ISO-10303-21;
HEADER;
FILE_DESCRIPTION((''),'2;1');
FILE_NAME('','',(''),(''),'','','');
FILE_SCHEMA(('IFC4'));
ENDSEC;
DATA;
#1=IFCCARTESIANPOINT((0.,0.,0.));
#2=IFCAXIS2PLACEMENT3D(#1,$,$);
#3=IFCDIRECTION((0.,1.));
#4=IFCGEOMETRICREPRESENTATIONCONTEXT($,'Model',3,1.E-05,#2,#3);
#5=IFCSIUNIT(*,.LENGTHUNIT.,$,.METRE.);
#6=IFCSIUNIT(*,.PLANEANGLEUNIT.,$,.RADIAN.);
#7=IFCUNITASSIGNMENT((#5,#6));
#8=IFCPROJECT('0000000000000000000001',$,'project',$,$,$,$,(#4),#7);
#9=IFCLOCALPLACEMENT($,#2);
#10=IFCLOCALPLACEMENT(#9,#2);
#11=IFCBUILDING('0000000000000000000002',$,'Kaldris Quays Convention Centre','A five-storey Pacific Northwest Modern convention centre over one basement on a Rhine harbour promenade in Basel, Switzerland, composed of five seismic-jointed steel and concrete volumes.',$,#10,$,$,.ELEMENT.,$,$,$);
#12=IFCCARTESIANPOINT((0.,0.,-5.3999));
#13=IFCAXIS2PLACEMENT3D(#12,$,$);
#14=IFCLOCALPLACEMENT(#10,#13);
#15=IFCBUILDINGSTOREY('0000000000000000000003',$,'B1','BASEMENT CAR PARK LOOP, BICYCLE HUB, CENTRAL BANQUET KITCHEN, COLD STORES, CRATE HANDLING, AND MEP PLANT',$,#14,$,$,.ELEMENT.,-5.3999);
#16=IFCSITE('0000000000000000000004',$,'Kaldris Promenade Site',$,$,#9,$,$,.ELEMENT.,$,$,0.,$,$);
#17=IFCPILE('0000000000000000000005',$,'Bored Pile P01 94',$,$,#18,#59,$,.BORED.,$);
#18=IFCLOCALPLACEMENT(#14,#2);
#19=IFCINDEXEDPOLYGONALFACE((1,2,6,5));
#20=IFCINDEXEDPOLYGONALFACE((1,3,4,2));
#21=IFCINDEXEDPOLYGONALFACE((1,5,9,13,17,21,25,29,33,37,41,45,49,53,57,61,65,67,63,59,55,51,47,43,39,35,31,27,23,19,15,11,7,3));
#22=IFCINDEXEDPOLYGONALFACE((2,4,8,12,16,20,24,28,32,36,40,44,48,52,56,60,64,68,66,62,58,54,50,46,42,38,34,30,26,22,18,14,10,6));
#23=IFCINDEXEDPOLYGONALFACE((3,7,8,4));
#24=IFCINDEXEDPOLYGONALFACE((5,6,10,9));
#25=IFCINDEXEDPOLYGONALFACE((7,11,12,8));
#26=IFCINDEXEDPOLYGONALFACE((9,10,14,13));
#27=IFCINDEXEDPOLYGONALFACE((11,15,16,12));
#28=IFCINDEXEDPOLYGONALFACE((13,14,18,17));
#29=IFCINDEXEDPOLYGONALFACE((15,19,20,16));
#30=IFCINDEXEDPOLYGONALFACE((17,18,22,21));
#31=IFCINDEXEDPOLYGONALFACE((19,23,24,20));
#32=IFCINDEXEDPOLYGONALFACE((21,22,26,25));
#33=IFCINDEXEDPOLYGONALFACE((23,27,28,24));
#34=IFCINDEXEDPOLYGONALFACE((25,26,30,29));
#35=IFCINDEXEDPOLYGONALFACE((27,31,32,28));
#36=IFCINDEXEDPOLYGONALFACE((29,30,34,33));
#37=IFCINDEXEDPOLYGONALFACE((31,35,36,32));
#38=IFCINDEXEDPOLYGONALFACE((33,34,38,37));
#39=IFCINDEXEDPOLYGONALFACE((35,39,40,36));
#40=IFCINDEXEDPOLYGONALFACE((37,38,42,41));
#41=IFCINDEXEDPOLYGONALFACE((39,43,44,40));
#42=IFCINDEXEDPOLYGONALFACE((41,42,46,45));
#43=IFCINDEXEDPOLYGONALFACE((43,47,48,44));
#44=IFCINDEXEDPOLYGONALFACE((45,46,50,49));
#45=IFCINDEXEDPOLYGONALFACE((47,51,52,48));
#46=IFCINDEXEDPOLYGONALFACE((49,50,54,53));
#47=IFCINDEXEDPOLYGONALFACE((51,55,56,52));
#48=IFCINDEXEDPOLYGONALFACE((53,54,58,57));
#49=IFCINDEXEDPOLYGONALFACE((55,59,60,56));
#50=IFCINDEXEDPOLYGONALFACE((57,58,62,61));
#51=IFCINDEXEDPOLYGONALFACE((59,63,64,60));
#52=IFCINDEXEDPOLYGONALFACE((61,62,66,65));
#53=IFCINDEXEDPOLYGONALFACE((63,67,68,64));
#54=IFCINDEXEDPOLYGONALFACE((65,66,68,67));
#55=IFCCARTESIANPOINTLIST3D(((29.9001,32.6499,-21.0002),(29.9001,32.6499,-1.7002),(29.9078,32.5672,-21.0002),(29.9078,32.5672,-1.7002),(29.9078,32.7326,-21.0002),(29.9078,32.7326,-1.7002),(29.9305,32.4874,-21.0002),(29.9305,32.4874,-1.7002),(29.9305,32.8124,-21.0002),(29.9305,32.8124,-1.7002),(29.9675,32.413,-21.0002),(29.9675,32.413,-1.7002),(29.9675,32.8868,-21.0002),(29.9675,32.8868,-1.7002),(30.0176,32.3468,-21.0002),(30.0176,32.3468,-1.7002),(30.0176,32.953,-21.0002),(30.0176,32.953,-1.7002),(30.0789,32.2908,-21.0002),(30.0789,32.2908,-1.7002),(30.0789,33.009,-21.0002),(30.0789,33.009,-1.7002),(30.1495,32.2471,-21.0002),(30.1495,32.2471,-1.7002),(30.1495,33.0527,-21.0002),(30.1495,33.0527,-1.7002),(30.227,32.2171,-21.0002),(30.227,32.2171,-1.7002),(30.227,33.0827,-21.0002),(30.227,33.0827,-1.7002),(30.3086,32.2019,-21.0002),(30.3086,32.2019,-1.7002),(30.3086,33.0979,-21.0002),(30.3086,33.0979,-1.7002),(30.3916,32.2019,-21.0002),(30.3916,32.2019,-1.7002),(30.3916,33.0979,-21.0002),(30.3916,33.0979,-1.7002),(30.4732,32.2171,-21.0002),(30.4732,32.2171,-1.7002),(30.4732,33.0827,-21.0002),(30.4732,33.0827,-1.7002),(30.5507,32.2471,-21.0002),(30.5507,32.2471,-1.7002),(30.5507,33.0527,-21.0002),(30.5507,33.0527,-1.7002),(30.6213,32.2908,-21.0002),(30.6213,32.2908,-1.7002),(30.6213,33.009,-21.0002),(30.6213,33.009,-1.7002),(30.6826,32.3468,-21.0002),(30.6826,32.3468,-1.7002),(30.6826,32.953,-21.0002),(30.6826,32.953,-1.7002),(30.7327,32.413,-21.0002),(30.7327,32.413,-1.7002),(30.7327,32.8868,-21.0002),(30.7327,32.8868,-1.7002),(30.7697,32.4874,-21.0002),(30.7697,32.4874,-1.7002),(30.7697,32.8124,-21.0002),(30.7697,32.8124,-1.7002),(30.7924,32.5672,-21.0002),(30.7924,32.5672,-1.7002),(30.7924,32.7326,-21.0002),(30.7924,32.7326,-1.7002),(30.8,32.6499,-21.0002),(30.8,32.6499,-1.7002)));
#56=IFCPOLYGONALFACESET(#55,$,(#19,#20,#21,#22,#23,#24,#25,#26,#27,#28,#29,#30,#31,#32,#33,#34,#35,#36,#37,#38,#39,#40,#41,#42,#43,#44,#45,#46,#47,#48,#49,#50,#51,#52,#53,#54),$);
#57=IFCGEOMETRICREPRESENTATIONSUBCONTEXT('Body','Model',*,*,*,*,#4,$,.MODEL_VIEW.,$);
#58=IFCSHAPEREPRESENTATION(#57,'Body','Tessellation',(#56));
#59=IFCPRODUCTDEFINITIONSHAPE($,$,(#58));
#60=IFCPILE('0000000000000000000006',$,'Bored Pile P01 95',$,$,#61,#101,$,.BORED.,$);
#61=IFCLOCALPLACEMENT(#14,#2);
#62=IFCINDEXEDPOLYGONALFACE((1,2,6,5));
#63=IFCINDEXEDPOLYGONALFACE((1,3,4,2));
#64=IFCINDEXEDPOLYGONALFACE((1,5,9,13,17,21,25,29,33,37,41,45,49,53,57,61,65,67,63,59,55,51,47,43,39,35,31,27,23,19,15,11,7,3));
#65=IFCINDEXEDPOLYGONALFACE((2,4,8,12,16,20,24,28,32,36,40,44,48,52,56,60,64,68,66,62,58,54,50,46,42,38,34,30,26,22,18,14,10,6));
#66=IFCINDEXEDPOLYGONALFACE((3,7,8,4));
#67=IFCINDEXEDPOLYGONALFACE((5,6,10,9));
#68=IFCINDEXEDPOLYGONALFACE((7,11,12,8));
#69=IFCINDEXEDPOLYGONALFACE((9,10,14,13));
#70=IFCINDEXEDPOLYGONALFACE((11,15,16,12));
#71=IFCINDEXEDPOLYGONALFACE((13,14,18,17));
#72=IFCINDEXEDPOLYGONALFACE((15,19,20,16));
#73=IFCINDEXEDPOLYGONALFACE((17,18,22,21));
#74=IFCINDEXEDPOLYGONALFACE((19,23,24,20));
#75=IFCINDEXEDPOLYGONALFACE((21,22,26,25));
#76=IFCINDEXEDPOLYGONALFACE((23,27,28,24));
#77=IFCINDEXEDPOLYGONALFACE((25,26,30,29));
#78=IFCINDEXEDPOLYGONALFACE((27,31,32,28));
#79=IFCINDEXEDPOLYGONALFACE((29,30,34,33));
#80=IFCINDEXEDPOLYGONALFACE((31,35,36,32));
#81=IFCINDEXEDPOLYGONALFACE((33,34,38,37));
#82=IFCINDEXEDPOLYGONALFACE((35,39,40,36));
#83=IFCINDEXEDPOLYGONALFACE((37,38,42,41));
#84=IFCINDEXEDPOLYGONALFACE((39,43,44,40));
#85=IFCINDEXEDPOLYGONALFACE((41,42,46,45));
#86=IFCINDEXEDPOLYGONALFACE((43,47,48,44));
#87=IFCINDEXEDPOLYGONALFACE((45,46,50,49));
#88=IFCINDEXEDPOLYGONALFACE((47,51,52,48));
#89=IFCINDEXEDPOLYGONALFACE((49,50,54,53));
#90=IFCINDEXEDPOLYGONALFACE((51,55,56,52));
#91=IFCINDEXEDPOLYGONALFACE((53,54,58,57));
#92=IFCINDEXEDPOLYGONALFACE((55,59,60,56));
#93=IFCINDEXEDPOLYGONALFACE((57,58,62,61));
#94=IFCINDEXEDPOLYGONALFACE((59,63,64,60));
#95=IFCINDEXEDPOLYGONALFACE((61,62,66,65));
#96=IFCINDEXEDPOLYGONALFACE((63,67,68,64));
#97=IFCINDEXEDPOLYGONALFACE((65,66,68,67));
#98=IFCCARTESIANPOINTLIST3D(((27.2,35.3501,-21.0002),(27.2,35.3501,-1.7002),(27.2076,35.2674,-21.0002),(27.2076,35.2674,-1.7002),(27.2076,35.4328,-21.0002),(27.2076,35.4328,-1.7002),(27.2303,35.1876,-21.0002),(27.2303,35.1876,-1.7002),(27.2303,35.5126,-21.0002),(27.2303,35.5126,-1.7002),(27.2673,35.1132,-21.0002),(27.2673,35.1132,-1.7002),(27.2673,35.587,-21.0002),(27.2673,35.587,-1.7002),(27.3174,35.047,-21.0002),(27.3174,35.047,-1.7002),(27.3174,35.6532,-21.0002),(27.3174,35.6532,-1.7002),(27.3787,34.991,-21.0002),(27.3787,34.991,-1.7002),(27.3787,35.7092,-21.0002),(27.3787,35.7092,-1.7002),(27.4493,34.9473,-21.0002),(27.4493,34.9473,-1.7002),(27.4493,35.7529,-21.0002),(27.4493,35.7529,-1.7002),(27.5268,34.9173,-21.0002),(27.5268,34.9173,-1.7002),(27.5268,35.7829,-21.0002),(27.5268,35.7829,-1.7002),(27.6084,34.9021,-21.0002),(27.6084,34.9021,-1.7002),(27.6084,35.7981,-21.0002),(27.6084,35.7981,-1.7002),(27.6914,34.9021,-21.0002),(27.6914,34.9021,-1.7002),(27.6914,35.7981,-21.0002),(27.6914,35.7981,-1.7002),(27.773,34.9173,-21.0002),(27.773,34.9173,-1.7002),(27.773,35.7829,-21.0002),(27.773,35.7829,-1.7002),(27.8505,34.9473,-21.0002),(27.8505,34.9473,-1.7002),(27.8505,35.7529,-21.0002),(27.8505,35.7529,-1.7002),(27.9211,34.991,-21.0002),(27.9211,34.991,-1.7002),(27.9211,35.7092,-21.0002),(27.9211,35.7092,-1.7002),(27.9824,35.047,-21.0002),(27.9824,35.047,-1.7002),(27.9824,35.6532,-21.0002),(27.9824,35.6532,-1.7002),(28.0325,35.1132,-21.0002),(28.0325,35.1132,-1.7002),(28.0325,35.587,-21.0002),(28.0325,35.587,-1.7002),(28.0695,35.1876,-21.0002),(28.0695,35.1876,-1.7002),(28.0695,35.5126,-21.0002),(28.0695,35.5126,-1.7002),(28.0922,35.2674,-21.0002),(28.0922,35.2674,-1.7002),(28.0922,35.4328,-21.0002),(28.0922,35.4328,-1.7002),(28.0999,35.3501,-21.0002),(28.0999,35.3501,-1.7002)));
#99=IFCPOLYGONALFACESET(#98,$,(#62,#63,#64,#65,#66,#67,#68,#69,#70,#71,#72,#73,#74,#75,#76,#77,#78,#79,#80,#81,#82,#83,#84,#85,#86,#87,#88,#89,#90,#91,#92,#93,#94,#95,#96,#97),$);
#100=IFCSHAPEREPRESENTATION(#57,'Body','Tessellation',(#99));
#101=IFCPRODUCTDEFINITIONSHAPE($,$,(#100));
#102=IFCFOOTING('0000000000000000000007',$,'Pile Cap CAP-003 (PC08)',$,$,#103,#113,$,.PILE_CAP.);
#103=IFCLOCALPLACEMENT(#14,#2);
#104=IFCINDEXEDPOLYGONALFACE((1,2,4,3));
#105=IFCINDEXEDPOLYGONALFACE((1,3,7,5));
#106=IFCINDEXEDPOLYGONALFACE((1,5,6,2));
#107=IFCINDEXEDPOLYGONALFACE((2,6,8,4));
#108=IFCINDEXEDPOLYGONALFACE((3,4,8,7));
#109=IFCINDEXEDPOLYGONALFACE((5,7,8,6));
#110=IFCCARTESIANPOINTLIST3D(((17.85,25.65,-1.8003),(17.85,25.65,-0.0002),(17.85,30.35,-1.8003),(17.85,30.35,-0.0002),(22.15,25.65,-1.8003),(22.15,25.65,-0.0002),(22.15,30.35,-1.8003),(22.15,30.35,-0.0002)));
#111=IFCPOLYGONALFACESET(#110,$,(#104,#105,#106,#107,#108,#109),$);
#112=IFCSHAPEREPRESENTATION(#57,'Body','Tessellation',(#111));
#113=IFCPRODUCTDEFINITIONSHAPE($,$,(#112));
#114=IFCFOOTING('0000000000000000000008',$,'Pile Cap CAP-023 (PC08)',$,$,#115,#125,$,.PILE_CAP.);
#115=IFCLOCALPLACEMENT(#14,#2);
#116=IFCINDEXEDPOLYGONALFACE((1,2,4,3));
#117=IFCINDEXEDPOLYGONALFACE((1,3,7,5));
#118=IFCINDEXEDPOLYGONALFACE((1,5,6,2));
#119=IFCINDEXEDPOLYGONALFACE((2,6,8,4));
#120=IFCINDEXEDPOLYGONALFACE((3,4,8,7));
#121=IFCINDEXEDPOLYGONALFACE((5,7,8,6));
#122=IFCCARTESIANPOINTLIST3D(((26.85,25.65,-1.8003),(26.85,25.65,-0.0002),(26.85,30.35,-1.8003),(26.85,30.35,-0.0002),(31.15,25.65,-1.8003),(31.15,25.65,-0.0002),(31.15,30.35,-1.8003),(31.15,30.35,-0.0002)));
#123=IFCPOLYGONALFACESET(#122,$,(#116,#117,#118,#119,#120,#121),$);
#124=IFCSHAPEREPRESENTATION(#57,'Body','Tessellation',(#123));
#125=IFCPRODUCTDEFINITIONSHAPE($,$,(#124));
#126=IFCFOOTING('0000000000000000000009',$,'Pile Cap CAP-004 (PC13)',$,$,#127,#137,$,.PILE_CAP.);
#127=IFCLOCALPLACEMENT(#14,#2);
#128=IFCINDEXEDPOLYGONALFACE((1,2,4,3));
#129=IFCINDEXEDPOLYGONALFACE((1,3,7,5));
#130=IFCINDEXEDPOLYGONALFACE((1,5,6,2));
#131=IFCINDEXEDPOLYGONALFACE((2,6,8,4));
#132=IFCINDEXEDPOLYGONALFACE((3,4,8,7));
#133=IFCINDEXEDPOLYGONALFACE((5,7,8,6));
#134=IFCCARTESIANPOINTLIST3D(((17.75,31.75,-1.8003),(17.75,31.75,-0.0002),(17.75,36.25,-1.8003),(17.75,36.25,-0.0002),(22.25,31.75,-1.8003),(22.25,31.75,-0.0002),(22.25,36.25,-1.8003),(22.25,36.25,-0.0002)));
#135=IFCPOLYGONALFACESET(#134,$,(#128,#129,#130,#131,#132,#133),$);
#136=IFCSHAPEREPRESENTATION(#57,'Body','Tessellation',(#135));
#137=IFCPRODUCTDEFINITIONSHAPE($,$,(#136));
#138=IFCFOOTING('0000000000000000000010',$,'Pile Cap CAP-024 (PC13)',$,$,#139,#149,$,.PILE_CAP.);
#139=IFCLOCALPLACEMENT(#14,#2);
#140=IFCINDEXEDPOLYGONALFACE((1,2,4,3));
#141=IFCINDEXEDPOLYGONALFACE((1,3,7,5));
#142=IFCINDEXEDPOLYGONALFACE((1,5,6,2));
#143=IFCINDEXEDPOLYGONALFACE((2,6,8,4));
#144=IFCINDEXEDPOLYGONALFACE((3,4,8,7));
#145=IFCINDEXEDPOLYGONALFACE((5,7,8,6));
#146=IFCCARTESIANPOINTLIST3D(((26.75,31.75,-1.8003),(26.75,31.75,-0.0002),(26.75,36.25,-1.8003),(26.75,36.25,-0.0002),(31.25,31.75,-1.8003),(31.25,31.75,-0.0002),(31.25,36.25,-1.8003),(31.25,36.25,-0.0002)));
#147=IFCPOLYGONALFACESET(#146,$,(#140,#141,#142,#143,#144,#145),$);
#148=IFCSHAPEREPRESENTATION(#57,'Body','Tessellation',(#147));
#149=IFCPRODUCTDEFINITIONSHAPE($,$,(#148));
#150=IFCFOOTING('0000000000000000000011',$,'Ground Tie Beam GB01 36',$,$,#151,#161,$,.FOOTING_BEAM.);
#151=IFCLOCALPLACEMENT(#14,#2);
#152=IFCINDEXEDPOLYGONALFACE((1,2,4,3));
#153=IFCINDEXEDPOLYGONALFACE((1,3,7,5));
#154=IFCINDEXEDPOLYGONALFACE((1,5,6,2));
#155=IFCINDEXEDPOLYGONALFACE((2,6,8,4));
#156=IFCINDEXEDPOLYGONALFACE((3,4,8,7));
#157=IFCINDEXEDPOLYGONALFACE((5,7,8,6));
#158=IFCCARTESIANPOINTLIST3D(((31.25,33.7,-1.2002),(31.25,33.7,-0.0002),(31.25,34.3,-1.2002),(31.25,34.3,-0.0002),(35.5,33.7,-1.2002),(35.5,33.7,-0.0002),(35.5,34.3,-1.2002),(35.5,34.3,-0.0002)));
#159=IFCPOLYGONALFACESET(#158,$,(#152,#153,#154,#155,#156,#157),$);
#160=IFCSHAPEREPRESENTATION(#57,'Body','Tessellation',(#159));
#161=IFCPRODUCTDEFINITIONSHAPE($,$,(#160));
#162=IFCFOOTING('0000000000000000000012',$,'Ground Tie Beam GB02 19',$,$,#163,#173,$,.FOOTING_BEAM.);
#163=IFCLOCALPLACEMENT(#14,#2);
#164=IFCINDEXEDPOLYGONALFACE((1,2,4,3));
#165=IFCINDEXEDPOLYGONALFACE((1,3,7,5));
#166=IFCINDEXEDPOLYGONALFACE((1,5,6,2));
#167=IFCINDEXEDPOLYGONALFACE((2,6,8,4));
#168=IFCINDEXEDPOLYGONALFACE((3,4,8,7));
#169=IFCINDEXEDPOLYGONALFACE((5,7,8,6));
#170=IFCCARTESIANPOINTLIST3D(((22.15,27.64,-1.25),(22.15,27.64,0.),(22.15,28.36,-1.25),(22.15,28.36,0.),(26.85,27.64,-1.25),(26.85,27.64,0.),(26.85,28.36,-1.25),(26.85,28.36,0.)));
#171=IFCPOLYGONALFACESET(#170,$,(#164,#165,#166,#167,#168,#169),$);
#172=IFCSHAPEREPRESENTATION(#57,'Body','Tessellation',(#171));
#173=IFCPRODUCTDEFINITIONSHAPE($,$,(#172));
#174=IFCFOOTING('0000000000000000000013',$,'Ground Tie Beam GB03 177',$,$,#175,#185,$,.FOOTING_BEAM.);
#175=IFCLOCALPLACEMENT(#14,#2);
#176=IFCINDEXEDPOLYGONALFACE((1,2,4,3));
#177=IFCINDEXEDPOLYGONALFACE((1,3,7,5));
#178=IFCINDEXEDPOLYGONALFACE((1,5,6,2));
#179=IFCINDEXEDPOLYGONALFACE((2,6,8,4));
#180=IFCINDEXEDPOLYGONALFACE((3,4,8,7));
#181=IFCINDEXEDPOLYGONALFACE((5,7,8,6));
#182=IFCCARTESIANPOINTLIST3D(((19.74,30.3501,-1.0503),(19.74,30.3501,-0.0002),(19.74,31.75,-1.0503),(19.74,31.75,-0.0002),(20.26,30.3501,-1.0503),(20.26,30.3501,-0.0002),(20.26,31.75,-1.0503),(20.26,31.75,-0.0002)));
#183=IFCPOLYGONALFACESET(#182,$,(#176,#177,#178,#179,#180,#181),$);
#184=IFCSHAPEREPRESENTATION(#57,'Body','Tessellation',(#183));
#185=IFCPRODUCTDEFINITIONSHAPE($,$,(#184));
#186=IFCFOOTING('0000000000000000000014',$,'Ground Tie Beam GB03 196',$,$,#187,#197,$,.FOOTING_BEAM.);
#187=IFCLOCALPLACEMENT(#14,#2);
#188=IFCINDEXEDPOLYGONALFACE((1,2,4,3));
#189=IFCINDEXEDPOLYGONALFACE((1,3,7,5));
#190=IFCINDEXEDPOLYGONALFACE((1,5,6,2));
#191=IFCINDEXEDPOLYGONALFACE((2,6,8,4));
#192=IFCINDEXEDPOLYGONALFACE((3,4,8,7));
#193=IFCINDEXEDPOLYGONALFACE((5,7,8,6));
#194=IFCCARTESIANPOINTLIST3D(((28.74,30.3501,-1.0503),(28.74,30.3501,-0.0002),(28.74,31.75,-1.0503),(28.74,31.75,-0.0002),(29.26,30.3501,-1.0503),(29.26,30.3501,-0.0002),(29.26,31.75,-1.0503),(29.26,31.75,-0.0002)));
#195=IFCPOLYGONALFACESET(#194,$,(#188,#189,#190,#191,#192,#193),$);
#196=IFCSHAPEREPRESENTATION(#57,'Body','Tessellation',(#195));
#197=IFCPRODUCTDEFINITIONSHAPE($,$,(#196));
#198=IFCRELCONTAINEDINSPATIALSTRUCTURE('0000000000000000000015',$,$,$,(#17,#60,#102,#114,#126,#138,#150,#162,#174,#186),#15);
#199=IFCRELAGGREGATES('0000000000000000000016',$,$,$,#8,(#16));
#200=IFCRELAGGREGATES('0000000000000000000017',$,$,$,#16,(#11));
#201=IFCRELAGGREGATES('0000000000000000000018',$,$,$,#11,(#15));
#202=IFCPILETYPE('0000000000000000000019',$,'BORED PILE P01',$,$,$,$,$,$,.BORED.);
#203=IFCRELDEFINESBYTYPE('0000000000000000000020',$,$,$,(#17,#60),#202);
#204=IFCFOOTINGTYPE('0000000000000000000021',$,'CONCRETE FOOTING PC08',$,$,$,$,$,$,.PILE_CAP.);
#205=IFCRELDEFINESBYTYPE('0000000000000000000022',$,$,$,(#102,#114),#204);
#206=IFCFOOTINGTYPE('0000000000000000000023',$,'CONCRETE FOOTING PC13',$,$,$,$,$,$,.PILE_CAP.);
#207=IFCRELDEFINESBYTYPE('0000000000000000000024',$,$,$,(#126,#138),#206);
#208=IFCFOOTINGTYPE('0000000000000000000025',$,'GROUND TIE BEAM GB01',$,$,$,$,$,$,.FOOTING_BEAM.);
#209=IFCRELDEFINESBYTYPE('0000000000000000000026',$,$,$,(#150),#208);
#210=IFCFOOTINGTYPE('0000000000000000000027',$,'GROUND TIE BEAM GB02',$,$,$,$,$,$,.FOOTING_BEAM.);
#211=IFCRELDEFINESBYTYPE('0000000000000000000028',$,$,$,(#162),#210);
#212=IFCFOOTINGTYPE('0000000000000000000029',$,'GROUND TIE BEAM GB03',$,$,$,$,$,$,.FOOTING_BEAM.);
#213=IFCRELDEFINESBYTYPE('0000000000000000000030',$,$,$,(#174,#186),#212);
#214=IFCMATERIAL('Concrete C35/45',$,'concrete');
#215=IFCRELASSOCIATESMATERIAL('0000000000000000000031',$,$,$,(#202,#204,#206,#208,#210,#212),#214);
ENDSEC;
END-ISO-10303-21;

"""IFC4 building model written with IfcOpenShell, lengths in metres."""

from ifc_helpers import new_model, si_unit, direction, frame, origin, origin_2d, place, context, subcontext, project, spatial, rectangle, circle, extrude, material, material_profile, profile_set, type_object, element, save


model = new_model("IFC4")

# Units and contexts
model_context = context("Model", 3, precision=1e-05, world=origin(), true_north=direction((0.0, 1.0)))
body_context = subcontext(model_context, "Body", "Model", "MODEL_VIEW")
ifc_project = project(units=[si_unit("LENGTHUNIT", "METRE"), si_unit("PLANEANGLEUNIT", "RADIAN")], contexts=[model_context])

# Site, building, storey
site_placement = place(None, origin())
site = spatial("IfcSite", under=ifc_project, at=site_placement, Name="Kaldris Promenade Site", CompositionType="ELEMENT", RefElevation=0.0)
building_placement = place(site_placement, origin())
building = spatial("IfcBuilding", under=site, at=building_placement, Name="Kaldris Quays Convention Centre", Description="A five-storey Pacific Northwest Modern convention centre over one basement on a Rhine harbour promenade in Basel, Switzerland, composed of five seismic-jointed steel and concrete volumes.", CompositionType="ELEMENT")
storey_placement = place(building_placement, frame((0.0, 0.0, -5.3999)))
storey = spatial("IfcBuildingStorey", under=building, at=storey_placement, Name="B1", Description="BASEMENT CAR PARK LOOP, BICYCLE HUB, CENTRAL BANQUET KITCHEN, COLD STORES, CRATE HANDLING, AND MEP PLANT", CompositionType="ELEMENT", Elevation=-5.3999)

# Piles
ifc_material_1 = material(Name="Concrete C35/45", Category="concrete")
ifc_material_profile_1 = material_profile(ifc_material_1, circle(Radius=0.45, at=origin_2d()), Name="BORED PILE D900")
ifc_profile_set_1 = profile_set([ifc_material_profile_1], Name="Concrete C35/45")
pile_type = type_object("IfcPileType", Name="BORED PILE P01", PredefinedType="BORED", material=ifc_profile_set_1)
for number, where, z_axis, x_axis, name in (
    (1, (30.3501, 32.6499, -1.7002), (0.0, 0.0, -1.0), (1.0, 0.0, 0.0), "Bored Pile P01 94"),
    (2, (27.6499, 35.3501, -1.7002), (0.0, 0.0, -1.0), (1.0, 0.0, 0.0), "Bored Pile P01 95"),
):
    element("IfcPile", number, at=place(storey_placement, frame(where, z_axis=z_axis, x_axis=x_axis)), inside=storey, type_object=pile_type, Name=name, PredefinedType="BORED", context=body_context, shape_type="SweptSolid", body=[
        extrude(circle(Radius=0.45, at=origin_2d()), origin(), (0.0, 0.0, 1.0), 19.3),
    ])

# Footings
footing_type_1 = type_object("IfcFootingType", Name="CONCRETE FOOTING PC08", PredefinedType="PILE_CAP", material=ifc_material_1)
for number, where, z_axis, x_axis, name in (
    (3, (20.0, 28.0, -1.8003), (0.0, 0.0, 1.0), (1.0, 0.0, 0.0), "Pile Cap CAP-003 (PC08)"),
    (4, (29.0, 28.0, -1.8003), (0.0, 0.0, 1.0), (1.0, 0.0, 0.0), "Pile Cap CAP-023 (PC08)"),
):
    element("IfcFooting", number, at=place(storey_placement, frame(where, z_axis=z_axis, x_axis=x_axis)), inside=storey, type_object=footing_type_1, Name=name, PredefinedType="PILE_CAP", context=body_context, shape_type="SweptSolid", body=[
        extrude(rectangle(XDim=4.3, YDim=4.7, at=origin_2d()), origin(), (0.0, 0.0, 1.0), 1.8),
    ])
footing_type_2 = type_object("IfcFootingType", Name="CONCRETE FOOTING PC13", PredefinedType="PILE_CAP", material=ifc_material_1)
for number, where, z_axis, x_axis, name in (
    (5, (20.0, 34.0, -1.8003), (0.0, 0.0, 1.0), (1.0, 0.0, 0.0), "Pile Cap CAP-004 (PC13)"),
    (6, (29.0, 34.0, -1.8003), (0.0, 0.0, 1.0), (1.0, 0.0, 0.0), "Pile Cap CAP-024 (PC13)"),
):
    element("IfcFooting", number, at=place(storey_placement, frame(where, z_axis=z_axis, x_axis=x_axis)), inside=storey, type_object=footing_type_2, Name=name, PredefinedType="PILE_CAP", context=body_context, shape_type="SweptSolid", body=[
        extrude(rectangle(XDim=4.5, YDim=4.5, at=origin_2d()), origin(), (0.0, 0.0, 1.0), 1.8),
    ])
footing_type_3 = type_object("IfcFootingType", Name="GROUND TIE BEAM GB01", PredefinedType="FOOTING_BEAM", material=ifc_material_1)
footing_1_placement = place(storey_placement, frame((33.375, 34.0, -1.2002), z_axis=(0.0, 0.0, 1.0), x_axis=(1.0, 0.0, 0.0)))
element("IfcFooting", 7, at=footing_1_placement, inside=storey, type_object=footing_type_3, Name="Ground Tie Beam GB01 36", PredefinedType="FOOTING_BEAM", context=body_context, shape_type="SweptSolid", body=[
    extrude(rectangle(XDim=4.25, YDim=0.6001, at=origin_2d()), origin(), (0.0, 0.0, 1.0), 1.2),
])
footing_type_4 = type_object("IfcFootingType", Name="GROUND TIE BEAM GB02", PredefinedType="FOOTING_BEAM", material=ifc_material_1)
footing_2_placement = place(storey_placement, frame((24.5, 28.0, -1.25), z_axis=(0.0, 0.0, 1.0), x_axis=(1.0, 0.0, 0.0)))
element("IfcFooting", 8, at=footing_2_placement, inside=storey, type_object=footing_type_4, Name="Ground Tie Beam GB02 19", PredefinedType="FOOTING_BEAM", context=body_context, shape_type="SweptSolid", body=[
    extrude(rectangle(XDim=4.7, YDim=0.72, at=origin_2d()), origin(), (0.0, 0.0, 1.0), 1.25),
])
footing_type_5 = type_object("IfcFootingType", Name="GROUND TIE BEAM GB03", PredefinedType="FOOTING_BEAM", material=ifc_material_1)
for number, where, z_axis, x_axis, name in (
    (9, (20.0, 31.05, -1.0503), (0.0, 0.0, 1.0), (1.0, 0.0, 0.0), "Ground Tie Beam GB03 177"),
    (10, (29.0, 31.05, -1.0503), (0.0, 0.0, 1.0), (1.0, 0.0, 0.0), "Ground Tie Beam GB03 196"),
):
    element("IfcFooting", number, at=place(storey_placement, frame(where, z_axis=z_axis, x_axis=x_axis)), inside=storey, type_object=footing_type_5, Name=name, PredefinedType="FOOTING_BEAM", context=body_context, shape_type="SweptSolid", body=[
        extrude(rectangle(XDim=0.52, YDim=1.3999, at=origin_2d()), origin(), (0.0, 0.0, 1.0), 1.05),
    ])

save(model, "model.ifc")
